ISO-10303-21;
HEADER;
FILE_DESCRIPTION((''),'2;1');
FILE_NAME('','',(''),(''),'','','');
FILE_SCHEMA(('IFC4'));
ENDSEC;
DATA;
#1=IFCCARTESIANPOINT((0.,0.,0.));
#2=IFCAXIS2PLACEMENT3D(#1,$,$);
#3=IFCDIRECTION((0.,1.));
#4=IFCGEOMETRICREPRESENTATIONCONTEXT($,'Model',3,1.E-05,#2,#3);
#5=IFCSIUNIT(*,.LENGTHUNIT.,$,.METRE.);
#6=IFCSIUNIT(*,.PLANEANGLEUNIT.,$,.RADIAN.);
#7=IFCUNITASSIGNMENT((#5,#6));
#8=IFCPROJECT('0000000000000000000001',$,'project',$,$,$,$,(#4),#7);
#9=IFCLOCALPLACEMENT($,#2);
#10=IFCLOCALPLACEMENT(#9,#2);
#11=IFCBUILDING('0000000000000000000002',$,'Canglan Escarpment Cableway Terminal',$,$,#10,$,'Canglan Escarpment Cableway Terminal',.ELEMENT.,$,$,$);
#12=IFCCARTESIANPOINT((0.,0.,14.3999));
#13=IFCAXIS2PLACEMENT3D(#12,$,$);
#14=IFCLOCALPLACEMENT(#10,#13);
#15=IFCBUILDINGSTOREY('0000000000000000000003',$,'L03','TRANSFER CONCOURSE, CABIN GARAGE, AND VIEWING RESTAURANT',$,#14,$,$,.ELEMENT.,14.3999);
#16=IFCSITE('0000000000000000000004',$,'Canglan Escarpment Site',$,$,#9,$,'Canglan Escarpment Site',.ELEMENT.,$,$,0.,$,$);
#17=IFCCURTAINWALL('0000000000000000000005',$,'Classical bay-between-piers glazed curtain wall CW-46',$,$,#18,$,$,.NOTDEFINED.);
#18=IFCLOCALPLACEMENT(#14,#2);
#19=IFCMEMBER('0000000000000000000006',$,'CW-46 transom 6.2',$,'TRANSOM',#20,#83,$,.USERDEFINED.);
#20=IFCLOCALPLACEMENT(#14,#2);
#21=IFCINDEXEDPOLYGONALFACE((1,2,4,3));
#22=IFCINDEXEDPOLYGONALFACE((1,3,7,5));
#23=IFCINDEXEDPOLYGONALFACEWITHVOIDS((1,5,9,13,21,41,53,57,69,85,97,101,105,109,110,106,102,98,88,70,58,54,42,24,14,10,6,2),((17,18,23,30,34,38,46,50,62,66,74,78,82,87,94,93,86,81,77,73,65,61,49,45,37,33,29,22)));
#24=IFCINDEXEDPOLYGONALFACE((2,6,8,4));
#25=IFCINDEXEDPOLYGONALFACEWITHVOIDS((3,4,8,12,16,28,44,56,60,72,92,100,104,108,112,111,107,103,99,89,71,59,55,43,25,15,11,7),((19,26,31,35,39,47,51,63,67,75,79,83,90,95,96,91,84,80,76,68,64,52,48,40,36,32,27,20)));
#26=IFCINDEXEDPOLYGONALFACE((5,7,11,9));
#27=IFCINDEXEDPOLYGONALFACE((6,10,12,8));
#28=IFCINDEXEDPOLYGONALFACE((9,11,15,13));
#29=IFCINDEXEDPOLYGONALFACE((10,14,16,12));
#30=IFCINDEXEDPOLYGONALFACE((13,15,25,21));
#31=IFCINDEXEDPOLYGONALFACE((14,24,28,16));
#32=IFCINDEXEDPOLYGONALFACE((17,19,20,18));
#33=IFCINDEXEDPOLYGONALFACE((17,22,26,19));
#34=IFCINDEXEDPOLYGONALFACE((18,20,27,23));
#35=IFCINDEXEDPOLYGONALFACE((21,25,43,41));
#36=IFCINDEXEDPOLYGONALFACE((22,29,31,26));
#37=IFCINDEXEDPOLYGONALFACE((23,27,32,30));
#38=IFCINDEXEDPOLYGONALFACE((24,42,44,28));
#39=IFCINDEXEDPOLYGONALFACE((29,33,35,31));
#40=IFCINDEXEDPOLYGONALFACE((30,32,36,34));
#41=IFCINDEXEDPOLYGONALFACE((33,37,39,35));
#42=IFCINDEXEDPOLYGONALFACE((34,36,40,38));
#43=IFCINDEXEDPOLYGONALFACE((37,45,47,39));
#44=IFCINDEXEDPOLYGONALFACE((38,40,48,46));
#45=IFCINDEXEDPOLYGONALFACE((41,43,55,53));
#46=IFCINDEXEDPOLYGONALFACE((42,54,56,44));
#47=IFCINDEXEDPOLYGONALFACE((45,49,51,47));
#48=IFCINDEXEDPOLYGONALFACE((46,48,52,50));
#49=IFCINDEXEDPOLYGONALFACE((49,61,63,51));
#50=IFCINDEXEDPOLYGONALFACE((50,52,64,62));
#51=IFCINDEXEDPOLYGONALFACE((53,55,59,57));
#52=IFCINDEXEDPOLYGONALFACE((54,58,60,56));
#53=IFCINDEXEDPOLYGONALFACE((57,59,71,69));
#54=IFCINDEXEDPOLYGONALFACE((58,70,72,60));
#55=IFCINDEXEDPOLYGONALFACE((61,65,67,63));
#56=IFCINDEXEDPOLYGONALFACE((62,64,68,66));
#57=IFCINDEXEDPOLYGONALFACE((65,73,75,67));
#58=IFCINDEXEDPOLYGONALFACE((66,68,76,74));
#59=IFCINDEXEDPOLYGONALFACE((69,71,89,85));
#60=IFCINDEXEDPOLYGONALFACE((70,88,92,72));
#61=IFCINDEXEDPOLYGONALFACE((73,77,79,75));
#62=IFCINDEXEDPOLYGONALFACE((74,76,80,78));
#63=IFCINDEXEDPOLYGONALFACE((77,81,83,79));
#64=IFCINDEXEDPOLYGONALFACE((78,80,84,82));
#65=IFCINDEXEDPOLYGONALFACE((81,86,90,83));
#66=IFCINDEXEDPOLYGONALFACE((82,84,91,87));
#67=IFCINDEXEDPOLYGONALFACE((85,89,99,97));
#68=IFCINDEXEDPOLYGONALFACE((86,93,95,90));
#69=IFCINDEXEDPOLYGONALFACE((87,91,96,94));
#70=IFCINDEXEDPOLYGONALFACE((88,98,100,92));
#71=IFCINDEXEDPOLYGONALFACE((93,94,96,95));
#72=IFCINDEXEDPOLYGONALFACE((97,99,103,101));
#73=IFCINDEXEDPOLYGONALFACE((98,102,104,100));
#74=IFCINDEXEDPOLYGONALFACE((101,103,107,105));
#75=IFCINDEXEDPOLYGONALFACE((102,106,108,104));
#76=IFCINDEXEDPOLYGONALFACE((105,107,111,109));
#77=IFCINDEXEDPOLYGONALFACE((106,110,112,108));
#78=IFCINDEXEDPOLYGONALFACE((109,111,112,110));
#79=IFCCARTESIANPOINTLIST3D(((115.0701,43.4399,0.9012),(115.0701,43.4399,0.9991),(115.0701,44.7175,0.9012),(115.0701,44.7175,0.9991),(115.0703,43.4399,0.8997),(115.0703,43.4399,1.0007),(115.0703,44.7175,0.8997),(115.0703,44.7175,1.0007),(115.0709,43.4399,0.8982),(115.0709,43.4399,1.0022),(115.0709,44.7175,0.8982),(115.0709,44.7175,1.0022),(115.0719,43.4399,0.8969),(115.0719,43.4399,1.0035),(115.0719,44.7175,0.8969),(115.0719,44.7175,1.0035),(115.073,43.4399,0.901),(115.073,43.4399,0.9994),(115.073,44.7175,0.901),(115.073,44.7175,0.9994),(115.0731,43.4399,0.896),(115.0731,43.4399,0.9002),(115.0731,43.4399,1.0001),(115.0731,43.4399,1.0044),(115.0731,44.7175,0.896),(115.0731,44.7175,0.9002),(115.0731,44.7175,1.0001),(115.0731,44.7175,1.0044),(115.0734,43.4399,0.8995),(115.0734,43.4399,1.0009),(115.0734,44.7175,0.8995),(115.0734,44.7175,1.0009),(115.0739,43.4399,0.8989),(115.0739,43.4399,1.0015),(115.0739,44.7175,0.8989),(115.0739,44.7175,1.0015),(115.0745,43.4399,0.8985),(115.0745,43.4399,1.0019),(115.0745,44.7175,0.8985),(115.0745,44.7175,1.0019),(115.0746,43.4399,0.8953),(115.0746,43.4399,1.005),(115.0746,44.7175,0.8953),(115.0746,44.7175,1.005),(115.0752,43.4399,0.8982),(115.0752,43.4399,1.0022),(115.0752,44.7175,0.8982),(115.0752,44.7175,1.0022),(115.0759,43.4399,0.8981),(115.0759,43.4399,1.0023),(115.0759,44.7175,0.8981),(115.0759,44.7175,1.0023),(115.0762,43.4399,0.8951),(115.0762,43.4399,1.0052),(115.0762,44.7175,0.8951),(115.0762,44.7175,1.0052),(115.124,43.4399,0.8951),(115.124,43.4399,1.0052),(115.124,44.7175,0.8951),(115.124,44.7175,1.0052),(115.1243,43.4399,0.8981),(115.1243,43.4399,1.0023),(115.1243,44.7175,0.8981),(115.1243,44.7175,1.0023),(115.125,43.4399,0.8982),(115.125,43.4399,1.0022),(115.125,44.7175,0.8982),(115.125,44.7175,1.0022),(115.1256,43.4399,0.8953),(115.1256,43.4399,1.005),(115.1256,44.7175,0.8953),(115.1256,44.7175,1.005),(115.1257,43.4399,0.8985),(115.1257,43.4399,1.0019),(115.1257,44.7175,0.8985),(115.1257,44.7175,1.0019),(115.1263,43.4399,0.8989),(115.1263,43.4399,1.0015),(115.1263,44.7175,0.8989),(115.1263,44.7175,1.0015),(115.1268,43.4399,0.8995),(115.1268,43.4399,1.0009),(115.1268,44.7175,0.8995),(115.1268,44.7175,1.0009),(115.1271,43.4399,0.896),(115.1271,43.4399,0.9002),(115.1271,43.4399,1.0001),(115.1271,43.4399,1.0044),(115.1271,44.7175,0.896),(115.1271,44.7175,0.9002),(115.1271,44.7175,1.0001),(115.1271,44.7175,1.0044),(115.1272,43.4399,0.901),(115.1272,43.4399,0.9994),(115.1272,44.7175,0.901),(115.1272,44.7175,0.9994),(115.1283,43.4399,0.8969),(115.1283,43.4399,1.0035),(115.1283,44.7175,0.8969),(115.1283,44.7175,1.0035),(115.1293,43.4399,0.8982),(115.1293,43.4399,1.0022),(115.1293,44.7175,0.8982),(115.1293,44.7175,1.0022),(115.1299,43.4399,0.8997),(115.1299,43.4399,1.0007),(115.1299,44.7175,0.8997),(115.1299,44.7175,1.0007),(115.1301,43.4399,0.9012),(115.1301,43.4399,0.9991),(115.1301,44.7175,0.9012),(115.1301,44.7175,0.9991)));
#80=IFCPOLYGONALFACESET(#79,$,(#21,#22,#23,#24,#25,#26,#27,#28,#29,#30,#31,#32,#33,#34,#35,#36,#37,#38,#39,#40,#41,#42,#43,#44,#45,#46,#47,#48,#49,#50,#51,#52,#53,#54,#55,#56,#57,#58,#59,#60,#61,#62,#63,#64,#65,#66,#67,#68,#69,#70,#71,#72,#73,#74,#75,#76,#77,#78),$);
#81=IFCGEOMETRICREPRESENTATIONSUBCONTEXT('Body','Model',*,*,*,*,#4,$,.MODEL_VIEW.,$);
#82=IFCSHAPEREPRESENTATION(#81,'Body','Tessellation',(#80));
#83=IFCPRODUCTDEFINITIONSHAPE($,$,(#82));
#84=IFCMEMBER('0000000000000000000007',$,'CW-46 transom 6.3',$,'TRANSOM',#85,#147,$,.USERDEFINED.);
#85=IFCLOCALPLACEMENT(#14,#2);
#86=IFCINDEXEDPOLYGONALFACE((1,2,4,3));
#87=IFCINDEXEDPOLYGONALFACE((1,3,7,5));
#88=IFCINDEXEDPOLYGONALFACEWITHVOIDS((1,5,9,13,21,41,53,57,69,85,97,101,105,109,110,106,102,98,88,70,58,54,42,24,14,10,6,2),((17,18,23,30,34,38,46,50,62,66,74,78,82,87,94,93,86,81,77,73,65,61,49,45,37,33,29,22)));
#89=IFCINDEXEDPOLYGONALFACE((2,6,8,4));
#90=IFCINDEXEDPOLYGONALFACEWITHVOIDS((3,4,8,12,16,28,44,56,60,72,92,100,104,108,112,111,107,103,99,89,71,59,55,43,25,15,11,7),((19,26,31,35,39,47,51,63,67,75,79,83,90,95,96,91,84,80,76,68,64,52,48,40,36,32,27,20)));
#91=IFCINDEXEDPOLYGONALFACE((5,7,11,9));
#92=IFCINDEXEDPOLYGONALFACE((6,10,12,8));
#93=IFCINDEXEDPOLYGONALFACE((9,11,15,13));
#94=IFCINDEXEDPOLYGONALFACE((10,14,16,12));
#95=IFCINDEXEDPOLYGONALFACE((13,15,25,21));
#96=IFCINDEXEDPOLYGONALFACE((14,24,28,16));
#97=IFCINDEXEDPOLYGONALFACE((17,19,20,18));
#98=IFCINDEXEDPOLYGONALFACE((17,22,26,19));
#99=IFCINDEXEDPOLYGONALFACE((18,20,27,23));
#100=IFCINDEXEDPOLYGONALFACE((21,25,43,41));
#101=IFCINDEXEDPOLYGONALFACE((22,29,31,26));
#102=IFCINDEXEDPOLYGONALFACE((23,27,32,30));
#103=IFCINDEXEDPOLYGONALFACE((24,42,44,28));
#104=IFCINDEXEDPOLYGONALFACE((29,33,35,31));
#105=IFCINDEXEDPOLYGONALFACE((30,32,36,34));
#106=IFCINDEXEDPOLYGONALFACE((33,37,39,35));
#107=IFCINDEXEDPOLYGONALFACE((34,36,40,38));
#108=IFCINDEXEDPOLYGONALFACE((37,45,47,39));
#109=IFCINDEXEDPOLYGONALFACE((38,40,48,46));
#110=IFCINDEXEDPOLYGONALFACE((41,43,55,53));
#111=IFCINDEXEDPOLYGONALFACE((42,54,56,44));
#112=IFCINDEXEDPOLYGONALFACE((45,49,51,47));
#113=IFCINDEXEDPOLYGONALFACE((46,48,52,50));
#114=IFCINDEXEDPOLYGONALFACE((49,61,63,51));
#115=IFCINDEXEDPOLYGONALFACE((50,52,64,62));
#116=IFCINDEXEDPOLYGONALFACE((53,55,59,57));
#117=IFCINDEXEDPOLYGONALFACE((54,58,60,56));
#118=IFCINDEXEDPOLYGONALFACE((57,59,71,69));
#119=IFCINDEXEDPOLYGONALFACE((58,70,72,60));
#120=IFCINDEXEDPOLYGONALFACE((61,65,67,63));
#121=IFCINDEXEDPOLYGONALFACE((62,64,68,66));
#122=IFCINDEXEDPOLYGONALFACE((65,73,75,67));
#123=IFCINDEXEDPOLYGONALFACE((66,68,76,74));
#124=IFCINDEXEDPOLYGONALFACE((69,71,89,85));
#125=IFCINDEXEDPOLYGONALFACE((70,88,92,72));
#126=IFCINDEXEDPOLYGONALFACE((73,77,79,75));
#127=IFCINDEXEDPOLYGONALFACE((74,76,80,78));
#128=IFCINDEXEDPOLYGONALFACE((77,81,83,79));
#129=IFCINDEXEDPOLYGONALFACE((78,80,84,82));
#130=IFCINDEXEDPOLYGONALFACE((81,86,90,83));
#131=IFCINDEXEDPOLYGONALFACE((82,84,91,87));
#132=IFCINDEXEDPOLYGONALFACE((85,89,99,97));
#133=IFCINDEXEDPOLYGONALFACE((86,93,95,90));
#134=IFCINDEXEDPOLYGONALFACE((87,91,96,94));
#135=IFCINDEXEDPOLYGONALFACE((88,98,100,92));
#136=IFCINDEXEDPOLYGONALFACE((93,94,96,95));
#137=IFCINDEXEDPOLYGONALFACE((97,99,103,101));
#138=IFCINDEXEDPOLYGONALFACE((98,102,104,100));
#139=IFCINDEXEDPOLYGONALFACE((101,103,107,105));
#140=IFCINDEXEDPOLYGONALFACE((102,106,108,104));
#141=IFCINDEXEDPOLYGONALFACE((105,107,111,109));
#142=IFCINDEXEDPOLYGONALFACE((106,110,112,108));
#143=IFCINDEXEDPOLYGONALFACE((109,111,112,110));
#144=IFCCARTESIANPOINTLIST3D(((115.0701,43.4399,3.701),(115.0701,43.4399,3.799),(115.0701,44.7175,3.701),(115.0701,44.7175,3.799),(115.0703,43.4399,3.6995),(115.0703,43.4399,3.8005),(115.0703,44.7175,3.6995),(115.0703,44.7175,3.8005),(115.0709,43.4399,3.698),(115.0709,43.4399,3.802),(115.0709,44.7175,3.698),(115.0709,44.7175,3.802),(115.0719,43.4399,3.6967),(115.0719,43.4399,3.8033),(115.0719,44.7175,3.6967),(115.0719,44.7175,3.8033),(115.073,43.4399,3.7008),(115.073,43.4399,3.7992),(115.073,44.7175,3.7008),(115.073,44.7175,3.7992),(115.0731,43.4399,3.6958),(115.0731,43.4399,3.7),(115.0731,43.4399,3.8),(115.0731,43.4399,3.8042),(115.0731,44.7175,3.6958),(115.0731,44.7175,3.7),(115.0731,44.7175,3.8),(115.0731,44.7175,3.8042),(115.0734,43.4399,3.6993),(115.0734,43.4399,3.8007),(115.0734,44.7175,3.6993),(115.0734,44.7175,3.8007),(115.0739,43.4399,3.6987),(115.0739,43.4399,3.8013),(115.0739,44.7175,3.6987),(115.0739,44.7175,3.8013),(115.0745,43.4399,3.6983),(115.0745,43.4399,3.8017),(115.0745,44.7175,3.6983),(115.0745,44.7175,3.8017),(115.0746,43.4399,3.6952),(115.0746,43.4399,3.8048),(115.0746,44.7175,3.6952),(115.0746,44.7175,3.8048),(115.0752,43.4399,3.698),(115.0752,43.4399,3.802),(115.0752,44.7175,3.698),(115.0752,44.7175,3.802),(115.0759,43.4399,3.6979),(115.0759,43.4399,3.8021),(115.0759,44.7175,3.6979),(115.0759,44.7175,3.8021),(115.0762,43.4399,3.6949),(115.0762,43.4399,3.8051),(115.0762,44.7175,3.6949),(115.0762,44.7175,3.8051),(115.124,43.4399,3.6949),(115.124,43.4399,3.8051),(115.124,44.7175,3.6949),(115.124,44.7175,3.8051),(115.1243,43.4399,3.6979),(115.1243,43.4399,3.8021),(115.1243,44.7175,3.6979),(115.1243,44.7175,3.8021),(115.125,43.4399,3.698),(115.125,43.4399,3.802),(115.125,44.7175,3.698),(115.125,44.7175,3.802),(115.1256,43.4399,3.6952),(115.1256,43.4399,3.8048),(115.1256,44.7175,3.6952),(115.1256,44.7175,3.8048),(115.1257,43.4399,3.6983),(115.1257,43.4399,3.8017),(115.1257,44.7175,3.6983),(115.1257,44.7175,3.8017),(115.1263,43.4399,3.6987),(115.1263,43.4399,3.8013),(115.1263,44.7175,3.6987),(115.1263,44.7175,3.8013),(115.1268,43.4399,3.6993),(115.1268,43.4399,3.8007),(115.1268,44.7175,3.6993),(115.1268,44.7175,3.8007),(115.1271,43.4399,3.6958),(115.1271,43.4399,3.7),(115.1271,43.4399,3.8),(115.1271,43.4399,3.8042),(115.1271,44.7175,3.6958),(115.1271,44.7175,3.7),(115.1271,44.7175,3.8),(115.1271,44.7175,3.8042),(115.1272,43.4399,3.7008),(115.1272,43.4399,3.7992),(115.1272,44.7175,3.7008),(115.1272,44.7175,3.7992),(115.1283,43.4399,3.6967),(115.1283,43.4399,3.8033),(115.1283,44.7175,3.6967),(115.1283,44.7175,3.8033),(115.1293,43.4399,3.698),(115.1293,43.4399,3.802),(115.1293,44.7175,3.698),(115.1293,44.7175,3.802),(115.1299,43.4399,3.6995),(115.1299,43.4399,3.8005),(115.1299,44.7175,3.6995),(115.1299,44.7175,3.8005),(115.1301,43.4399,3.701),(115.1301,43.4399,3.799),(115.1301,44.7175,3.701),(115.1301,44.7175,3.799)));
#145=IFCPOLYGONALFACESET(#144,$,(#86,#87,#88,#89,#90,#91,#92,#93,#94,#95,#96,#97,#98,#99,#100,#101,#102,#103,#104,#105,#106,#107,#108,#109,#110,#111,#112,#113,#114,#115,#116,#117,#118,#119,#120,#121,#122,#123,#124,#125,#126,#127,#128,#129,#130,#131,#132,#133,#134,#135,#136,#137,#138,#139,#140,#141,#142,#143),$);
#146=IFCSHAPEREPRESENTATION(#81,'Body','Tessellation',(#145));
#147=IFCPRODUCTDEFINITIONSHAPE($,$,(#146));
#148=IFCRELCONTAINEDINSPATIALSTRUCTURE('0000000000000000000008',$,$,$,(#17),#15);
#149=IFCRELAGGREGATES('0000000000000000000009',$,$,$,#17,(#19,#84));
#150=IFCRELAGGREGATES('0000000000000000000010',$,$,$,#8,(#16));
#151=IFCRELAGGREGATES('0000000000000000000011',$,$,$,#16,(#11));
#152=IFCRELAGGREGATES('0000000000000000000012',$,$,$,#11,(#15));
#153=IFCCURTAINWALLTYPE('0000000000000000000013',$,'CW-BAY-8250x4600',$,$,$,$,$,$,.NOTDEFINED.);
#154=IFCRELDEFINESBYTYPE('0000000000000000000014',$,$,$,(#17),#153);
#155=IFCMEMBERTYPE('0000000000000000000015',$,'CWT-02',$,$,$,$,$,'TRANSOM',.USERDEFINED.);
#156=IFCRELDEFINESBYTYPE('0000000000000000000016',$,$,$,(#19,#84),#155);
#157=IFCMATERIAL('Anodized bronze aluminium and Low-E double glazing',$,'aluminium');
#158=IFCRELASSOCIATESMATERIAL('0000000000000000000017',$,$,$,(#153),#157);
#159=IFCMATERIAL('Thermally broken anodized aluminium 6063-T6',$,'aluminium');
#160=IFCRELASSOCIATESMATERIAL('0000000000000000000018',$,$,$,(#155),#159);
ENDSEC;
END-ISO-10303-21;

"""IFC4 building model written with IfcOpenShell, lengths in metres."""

from ifc_helpers import new_model, si_unit, direction, frame, origin, origin_2d, place, context, subcontext, project, spatial, hollow_rectangle, extrude, material, material_profile, profile_set, type_object, element, aggregate, save


model = new_model("IFC4")

# Units and contexts
model_context = context("Model", 3, precision=1e-05, world=origin(), true_north=direction((0.0, 1.0)))
body_context = subcontext(model_context, "Body", "Model", "MODEL_VIEW")
ifc_project = project(units=[si_unit("LENGTHUNIT", "METRE"), si_unit("PLANEANGLEUNIT", "RADIAN")], contexts=[model_context])

# Site, building, storey
site_placement = place(None, origin())
site = spatial("IfcSite", under=ifc_project, at=site_placement, Name="Canglan Escarpment Site", LongName="Canglan Escarpment Site", CompositionType="ELEMENT", RefElevation=0.0)
building_placement = place(site_placement, origin())
building = spatial("IfcBuilding", under=site, at=building_placement, Name="Canglan Escarpment Cableway Terminal", LongName="Canglan Escarpment Cableway Terminal", CompositionType="ELEMENT")
storey_placement = place(building_placement, frame((0.0, 0.0, 14.3999)))
storey = spatial("IfcBuildingStorey", under=building, at=storey_placement, Name="L03", Description="TRANSFER CONCOURSE, CABIN GARAGE, AND VIEWING RESTAURANT", CompositionType="ELEMENT", Elevation=14.3999)

# Curtain wall, members
ifc_material_1 = material(Name="Anodized bronze aluminium and Low-E double glazing", Category="aluminium")
curtain_wall_type = type_object("IfcCurtainWallType", Name="CW-BAY-8250x4600", PredefinedType="NOTDEFINED", material=ifc_material_1)
curtain_wall_placement = place(storey_placement, origin())
curtain_wall = element("IfcCurtainWall", 1, at=curtain_wall_placement, inside=storey, type_object=curtain_wall_type, Name="Classical bay-between-piers glazed curtain wall CW-46", PredefinedType="NOTDEFINED")
ifc_material_2 = material(Name="Thermally broken anodized aluminium 6063-T6", Category="aluminium")
ifc_material_profile_1 = material_profile(ifc_material_2, hollow_rectangle(XDim=0.0601, YDim=0.1101, WallThickness=0.0029, InnerFilletRadius=0.0029, OuterFilletRadius=0.0061, at=origin_2d()), Name="ALU-TRAN 60x110x3")
ifc_profile_set_1 = profile_set([ifc_material_profile_1], Name="Thermally broken anodized aluminium 6063-T6")
member_type_1 = type_object("IfcMemberType", Name="CWT-02", ElementType="TRANSOM", PredefinedType="USERDEFINED", material=ifc_profile_set_1)
member_1_placement = place(storey_placement, frame((115.1001, 44.7175, 0.9502), z_axis=(0.0, -1.0, 0.0), x_axis=(1.0, 0.0, 0.0)))
member_1 = element("IfcMember", 2, at=member_1_placement, type_object=member_type_1, Name="CW-46 transom 6.2", ObjectType="TRANSOM", PredefinedType="USERDEFINED", context=body_context, shape_type="SweptSolid", body=[
    extrude(hollow_rectangle(XDim=0.0601, YDim=0.1101, WallThickness=0.0029, InnerFilletRadius=0.0029, OuterFilletRadius=0.0061, at=origin_2d()), origin(), (0.0, 0.0, 1.0), 1.2776),
])
member_2_placement = place(storey_placement, frame((115.1001, 44.7175, 3.75), z_axis=(0.0, -1.0, 0.0), x_axis=(1.0, 0.0, 0.0)))
member_2 = element("IfcMember", 3, at=member_2_placement, type_object=member_type_1, Name="CW-46 transom 6.3", ObjectType="TRANSOM", PredefinedType="USERDEFINED", context=body_context, shape_type="SweptSolid", body=[
    extrude(hollow_rectangle(XDim=0.0601, YDim=0.1101, WallThickness=0.0029, InnerFilletRadius=0.0029, OuterFilletRadius=0.0061, at=origin_2d()), origin(), (0.0, 0.0, 1.0), 1.2776),
])

aggregate(curtain_wall, [member_1, member_2])

save(model, "model.ifc")
